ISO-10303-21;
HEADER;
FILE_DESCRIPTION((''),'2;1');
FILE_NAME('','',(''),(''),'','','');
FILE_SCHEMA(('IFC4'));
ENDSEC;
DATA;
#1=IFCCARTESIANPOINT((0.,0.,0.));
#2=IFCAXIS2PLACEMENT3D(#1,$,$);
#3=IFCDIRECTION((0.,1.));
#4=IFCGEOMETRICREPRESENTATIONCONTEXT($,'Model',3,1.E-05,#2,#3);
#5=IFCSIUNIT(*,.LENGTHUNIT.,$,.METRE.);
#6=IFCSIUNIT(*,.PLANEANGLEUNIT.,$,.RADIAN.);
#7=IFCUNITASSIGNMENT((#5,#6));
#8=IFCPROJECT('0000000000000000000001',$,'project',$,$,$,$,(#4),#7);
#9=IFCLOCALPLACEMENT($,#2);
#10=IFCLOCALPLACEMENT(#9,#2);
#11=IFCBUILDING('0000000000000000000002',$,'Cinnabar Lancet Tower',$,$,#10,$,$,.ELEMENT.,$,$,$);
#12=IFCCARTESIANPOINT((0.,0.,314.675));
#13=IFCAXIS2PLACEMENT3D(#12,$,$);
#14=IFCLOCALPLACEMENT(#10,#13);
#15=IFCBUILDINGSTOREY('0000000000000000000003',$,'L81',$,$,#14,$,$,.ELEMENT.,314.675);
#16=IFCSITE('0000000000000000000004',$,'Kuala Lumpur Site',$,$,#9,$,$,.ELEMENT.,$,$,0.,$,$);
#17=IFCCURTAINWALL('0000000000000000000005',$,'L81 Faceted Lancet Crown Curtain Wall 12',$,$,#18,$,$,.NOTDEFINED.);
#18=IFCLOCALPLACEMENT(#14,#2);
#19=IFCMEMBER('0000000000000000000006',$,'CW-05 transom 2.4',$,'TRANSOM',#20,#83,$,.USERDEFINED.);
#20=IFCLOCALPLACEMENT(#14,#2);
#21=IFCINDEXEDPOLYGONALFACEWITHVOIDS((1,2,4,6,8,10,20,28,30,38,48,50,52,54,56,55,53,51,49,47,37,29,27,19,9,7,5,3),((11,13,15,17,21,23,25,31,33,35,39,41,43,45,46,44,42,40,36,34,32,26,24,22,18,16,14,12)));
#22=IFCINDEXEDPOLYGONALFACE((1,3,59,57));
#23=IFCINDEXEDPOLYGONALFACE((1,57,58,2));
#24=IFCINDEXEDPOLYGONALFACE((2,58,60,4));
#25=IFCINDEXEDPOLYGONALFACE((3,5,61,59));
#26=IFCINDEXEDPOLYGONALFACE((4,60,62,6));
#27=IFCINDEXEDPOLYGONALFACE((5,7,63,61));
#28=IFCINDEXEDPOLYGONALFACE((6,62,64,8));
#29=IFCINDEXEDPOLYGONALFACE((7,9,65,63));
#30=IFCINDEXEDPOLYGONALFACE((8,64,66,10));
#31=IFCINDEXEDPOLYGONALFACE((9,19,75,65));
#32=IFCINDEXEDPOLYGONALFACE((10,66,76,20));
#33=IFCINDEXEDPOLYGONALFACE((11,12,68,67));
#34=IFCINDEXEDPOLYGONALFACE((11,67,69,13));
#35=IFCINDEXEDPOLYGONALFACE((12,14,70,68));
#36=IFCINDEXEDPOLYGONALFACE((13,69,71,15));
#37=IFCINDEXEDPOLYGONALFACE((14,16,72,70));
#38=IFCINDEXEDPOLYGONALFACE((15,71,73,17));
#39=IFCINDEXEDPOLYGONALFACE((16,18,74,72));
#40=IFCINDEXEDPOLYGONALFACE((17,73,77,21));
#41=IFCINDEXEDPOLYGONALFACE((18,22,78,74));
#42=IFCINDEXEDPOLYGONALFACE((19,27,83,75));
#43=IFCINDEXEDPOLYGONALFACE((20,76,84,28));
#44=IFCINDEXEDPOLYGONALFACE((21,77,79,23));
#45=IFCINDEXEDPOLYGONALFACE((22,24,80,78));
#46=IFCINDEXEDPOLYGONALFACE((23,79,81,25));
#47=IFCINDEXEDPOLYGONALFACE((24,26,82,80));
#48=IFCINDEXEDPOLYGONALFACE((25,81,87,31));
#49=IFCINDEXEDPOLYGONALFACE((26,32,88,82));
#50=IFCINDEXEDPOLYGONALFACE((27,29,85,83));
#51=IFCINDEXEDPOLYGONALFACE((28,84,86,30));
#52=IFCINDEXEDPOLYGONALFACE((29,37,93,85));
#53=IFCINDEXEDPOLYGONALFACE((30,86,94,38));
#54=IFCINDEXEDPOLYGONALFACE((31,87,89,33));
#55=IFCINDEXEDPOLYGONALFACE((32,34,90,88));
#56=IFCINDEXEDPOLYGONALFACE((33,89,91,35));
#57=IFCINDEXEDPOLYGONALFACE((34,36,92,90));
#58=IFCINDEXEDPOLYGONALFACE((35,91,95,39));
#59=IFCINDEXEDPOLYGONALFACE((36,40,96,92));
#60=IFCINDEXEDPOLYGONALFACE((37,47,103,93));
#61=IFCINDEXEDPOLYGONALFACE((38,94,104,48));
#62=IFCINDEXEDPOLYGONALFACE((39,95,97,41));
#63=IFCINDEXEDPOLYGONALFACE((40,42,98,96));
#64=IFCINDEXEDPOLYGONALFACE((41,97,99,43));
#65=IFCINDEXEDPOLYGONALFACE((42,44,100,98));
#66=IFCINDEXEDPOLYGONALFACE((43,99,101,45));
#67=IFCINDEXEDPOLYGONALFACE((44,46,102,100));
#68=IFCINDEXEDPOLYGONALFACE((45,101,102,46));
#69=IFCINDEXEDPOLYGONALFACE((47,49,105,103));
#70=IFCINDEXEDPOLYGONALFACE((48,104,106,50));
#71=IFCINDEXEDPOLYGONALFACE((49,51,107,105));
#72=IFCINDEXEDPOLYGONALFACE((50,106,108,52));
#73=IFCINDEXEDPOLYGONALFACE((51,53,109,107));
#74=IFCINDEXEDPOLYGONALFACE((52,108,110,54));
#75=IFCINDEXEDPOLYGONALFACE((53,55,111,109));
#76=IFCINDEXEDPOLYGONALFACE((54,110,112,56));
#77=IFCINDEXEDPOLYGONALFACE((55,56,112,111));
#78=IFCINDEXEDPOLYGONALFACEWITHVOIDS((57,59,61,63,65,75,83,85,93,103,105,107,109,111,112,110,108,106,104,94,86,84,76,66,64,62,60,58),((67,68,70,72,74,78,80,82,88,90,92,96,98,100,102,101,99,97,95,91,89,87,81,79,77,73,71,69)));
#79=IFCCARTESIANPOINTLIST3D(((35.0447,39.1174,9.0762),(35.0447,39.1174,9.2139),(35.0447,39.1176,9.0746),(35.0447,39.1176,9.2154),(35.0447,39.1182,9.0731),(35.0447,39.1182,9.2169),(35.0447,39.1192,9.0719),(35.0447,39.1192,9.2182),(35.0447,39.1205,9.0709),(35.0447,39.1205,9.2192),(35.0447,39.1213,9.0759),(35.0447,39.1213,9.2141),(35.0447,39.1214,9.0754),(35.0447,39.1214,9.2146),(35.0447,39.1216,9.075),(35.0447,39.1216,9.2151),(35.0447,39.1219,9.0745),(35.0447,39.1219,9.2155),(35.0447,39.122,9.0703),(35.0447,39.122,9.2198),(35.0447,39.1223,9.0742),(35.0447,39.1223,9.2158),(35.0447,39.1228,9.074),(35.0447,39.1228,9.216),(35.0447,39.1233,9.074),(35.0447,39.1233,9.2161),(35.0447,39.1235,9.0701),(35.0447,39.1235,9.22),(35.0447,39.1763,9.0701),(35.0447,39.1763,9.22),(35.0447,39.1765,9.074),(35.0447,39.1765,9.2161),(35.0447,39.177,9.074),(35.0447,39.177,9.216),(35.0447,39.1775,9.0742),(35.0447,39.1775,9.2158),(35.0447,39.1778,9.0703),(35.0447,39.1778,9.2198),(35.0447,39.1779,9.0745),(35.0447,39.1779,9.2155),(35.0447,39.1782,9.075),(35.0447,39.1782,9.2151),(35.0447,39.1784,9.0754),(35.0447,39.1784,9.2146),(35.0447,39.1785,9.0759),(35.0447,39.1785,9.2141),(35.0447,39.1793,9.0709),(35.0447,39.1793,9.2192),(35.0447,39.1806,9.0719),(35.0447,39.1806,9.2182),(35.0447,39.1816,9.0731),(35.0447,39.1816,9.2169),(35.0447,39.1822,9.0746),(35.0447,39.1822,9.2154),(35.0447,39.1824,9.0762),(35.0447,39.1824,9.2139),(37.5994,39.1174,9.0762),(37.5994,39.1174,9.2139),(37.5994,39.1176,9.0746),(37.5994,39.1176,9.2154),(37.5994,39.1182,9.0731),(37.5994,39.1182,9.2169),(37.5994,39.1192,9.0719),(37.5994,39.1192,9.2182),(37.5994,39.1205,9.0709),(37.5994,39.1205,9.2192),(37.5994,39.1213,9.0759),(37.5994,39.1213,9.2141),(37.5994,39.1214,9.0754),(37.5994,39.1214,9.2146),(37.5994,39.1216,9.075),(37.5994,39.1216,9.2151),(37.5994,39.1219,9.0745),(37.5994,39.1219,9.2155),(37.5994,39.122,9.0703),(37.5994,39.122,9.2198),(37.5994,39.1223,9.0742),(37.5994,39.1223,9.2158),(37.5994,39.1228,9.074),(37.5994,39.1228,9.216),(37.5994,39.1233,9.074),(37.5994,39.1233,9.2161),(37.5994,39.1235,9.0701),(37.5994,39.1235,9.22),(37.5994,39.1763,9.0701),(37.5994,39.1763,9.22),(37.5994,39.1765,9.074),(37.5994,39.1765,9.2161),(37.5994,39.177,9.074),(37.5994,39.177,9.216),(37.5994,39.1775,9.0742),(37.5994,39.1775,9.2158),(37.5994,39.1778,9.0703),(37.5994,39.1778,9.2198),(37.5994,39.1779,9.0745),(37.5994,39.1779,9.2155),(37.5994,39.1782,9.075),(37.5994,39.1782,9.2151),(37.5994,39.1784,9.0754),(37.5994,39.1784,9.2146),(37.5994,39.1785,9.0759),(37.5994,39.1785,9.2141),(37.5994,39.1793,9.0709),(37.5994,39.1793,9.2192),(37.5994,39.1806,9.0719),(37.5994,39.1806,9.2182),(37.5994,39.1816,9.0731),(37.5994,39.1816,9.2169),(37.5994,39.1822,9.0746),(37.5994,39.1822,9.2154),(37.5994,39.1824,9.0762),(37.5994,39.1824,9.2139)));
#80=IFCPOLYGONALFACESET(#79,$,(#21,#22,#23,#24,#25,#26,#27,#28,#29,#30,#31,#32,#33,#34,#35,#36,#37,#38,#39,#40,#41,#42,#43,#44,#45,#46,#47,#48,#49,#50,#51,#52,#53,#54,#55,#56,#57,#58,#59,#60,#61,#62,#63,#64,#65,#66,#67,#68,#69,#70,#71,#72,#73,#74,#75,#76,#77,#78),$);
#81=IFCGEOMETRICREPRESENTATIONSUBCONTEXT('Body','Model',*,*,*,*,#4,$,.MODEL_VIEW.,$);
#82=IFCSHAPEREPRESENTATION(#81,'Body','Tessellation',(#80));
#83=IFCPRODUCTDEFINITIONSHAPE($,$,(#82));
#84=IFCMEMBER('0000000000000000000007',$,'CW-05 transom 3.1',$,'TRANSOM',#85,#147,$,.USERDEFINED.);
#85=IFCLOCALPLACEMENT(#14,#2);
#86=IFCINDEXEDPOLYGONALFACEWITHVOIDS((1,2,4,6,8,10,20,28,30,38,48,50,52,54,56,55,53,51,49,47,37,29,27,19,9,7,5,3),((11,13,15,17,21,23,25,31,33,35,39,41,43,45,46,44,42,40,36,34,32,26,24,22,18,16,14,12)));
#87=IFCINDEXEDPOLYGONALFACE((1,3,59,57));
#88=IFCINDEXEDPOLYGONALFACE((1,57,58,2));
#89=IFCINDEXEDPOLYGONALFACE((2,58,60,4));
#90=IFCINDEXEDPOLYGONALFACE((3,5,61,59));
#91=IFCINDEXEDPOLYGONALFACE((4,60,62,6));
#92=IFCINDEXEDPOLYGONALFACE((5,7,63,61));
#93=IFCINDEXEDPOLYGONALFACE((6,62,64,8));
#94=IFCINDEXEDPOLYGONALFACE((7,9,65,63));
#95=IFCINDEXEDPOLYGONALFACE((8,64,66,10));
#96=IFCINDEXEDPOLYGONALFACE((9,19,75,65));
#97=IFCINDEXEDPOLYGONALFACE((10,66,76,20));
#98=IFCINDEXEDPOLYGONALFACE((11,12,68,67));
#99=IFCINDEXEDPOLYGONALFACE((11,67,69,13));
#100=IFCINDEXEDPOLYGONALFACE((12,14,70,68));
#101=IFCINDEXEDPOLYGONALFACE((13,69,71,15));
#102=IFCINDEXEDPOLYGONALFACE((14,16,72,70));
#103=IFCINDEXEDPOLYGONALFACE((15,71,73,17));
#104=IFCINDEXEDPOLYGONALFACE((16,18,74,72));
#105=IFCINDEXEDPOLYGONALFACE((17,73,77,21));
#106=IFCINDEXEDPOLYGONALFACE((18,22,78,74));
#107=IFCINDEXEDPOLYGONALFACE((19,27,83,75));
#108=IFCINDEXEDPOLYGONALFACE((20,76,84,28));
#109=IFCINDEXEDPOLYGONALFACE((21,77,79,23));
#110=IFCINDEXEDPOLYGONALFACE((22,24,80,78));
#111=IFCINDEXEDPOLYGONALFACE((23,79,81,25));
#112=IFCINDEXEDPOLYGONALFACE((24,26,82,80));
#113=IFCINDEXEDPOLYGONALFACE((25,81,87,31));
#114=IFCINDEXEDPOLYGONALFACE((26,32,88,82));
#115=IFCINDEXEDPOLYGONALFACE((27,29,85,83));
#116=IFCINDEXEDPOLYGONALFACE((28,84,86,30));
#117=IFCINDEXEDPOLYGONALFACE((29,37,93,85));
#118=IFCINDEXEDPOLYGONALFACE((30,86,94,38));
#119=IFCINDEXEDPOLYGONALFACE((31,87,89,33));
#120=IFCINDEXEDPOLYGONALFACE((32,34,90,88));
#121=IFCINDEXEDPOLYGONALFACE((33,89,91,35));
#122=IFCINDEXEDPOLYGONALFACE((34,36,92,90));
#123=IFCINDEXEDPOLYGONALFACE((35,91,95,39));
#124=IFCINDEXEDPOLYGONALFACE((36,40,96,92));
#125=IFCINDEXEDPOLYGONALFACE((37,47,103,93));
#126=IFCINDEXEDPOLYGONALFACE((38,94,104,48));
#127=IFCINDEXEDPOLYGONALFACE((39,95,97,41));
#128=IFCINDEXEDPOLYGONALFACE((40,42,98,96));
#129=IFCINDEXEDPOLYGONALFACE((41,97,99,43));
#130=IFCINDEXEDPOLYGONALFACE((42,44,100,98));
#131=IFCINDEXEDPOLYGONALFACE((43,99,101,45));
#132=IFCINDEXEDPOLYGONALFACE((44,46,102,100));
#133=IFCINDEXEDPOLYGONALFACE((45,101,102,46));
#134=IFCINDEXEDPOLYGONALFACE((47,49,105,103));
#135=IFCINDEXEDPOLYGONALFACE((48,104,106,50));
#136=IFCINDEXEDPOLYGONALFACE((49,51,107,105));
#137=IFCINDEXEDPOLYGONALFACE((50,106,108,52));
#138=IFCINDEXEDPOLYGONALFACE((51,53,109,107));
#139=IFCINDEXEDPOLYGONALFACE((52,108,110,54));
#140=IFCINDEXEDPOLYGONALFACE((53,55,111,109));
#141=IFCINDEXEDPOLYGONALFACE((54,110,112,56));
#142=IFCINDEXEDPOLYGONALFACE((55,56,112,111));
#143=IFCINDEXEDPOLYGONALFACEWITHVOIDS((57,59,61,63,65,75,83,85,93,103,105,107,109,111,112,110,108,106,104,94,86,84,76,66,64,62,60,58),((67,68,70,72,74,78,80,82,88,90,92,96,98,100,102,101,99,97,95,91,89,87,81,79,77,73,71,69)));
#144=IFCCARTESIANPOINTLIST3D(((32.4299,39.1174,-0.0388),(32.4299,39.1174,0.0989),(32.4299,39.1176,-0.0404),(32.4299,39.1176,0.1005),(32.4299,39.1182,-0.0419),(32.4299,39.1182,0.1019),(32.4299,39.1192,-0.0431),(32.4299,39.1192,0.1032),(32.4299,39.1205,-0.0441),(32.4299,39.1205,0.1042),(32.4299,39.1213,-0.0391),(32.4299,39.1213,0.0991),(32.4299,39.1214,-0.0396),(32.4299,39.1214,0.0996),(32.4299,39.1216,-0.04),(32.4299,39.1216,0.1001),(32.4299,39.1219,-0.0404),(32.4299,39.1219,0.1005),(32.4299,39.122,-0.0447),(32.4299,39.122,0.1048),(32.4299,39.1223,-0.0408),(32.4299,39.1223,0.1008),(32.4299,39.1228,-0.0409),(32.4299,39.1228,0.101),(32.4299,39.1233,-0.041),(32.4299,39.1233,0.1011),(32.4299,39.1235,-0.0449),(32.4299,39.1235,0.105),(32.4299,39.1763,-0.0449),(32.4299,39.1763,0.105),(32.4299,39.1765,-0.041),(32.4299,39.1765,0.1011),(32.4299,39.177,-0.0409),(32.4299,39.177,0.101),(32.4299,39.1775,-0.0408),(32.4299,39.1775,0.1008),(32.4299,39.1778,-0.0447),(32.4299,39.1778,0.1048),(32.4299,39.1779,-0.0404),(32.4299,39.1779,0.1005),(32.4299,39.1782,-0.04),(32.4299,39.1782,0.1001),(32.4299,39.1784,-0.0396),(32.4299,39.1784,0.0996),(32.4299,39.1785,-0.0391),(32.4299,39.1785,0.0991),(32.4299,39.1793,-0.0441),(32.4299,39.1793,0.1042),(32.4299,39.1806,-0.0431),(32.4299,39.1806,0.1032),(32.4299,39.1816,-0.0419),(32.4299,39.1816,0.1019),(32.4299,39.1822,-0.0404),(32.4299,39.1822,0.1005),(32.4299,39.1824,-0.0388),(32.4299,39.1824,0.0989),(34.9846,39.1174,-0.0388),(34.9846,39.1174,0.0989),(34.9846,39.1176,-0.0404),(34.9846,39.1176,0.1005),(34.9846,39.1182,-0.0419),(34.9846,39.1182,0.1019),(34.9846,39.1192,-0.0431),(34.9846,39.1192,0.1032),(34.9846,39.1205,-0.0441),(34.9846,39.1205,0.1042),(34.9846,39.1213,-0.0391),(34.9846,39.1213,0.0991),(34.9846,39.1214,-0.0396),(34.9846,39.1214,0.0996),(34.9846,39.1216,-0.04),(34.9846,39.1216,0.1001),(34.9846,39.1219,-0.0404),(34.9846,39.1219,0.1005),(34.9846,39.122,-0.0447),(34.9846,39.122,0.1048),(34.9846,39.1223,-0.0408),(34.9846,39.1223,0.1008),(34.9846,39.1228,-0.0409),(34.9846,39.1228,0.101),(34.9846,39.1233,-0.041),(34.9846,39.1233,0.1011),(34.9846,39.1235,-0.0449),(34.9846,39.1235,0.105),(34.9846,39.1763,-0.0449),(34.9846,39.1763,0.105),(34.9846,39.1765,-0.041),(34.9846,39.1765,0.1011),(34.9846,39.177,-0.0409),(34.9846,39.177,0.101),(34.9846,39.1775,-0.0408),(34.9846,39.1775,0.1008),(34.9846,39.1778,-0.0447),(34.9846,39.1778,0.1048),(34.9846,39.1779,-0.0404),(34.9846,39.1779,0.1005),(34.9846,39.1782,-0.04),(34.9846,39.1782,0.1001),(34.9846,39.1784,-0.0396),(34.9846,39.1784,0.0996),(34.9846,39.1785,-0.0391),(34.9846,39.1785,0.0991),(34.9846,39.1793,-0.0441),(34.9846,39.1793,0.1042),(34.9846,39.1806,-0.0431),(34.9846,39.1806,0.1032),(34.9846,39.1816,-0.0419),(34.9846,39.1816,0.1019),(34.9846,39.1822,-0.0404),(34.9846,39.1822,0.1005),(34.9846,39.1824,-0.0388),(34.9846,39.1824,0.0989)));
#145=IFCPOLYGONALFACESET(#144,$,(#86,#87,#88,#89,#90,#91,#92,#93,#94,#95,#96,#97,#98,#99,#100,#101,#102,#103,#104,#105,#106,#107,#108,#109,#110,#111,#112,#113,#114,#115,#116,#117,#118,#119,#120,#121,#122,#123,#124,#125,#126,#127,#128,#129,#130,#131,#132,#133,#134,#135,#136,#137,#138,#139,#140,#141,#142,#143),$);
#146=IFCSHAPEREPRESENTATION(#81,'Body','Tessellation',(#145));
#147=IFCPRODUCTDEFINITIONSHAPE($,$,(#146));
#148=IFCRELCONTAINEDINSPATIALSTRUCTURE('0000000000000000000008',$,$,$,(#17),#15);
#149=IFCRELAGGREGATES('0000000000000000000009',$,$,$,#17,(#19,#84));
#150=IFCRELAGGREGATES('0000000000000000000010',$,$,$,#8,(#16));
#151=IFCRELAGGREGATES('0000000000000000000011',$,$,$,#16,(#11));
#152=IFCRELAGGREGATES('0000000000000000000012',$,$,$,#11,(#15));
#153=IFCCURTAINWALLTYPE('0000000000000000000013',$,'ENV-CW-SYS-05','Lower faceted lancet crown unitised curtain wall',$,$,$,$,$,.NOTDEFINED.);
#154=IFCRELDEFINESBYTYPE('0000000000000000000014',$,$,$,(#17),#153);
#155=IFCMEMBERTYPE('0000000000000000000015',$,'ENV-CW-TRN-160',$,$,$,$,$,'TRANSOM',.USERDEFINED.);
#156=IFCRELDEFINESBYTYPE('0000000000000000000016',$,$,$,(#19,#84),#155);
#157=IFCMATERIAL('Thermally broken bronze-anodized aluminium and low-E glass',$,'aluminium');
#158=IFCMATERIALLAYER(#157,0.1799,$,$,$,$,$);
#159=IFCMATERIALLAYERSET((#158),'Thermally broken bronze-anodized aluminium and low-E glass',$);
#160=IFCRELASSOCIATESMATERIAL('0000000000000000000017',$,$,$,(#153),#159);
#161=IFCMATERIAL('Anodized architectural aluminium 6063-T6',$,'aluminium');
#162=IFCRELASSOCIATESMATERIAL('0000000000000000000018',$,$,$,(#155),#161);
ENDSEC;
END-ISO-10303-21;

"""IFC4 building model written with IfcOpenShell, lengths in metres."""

from ifc_helpers import new_model, si_unit, direction, frame, origin, origin_2d, place, context, subcontext, project, spatial, hollow_rectangle, extrude, material, layer, layer_set, material_profile, profile_set, type_object, element, aggregate, save


model = new_model("IFC4")

# Units and contexts
model_context = context("Model", 3, precision=1e-05, world=origin(), true_north=direction((0.0, 1.0)))
body_context = subcontext(model_context, "Body", "Model", "MODEL_VIEW")
ifc_project = project(units=[si_unit("LENGTHUNIT", "METRE"), si_unit("PLANEANGLEUNIT", "RADIAN")], contexts=[model_context])

# Site, building, storey
site_placement = place(None, origin())
site = spatial("IfcSite", under=ifc_project, at=site_placement, Name="Kuala Lumpur Site", CompositionType="ELEMENT", RefElevation=0.0)
building_placement = place(site_placement, origin())
building = spatial("IfcBuilding", under=site, at=building_placement, Name="Cinnabar Lancet Tower", CompositionType="ELEMENT")
storey_placement = place(building_placement, frame((0.0, 0.0, 314.675)))
storey = spatial("IfcBuildingStorey", under=building, at=storey_placement, Name="L81", CompositionType="ELEMENT", Elevation=314.675)

# Shared definitions
ifc_material_1 = material(Name="Thermally broken bronze-anodized aluminium and low-E glass", Category="aluminium")
ifc_layer_1 = layer(ifc_material_1, 0.1799)
ifc_layer_set_1 = layer_set([ifc_layer_1], Name="Thermally broken bronze-anodized aluminium and low-E glass")
curtain_wall_type = type_object("IfcCurtainWallType", Name="ENV-CW-SYS-05", Description="Lower faceted lancet crown unitised curtain wall", PredefinedType="NOTDEFINED", material=ifc_layer_set_1)

# Curtain wall, members
curtain_wall_1_placement = place(storey_placement, origin())
curtain_wall_1 = element("IfcCurtainWall", 1, at=curtain_wall_1_placement, inside=storey, type_object=curtain_wall_type, Name="L81 Faceted Lancet Crown Curtain Wall 12", PredefinedType="NOTDEFINED")
ifc_material_2 = material(Name="Anodized architectural aluminium 6063-T6", Category="aluminium")
ifc_material_profile_1 = material_profile(ifc_material_2, hollow_rectangle(XDim=0.0649, YDim=0.1499, WallThickness=0.0039, InnerFilletRadius=0.002, OuterFilletRadius=0.0061, at=origin_2d()), Name="CW-TRN 150x65x4")
ifc_profile_set_1 = profile_set([ifc_material_profile_1], Name="Anodized architectural aluminium 6063-T6")
member_type_1 = type_object("IfcMemberType", Name="ENV-CW-TRN-160", ElementType="TRANSOM", PredefinedType="USERDEFINED", material=ifc_profile_set_1)
member_1_placement = place(storey_placement, frame((37.5994, 39.1499, 9.145), z_axis=(-1.0, 0.0, 0.0), x_axis=(0.0, -1.0, 0.0)))
member_1 = element("IfcMember", 2, at=member_1_placement, type_object=member_type_1, Name="CW-05 transom 2.4", ObjectType="TRANSOM", PredefinedType="USERDEFINED", context=body_context, shape_type="SweptSolid", body=[
    extrude(hollow_rectangle(XDim=0.0649, YDim=0.1499, WallThickness=0.0039, InnerFilletRadius=0.002, OuterFilletRadius=0.0061, at=origin_2d()), origin(), (0.0, 0.0, 1.0), 2.5547),
])
member_2_placement = place(storey_placement, frame((34.9846, 39.1499, 0.03), z_axis=(-1.0, 0.0, 0.0), x_axis=(0.0, -1.0, 0.0)))
member_2 = element("IfcMember", 3, at=member_2_placement, type_object=member_type_1, Name="CW-05 transom 3.1", ObjectType="TRANSOM", PredefinedType="USERDEFINED", context=body_context, shape_type="SweptSolid", body=[
    extrude(hollow_rectangle(XDim=0.0649, YDim=0.1499, WallThickness=0.0039, InnerFilletRadius=0.002, OuterFilletRadius=0.0061, at=origin_2d()), origin(), (0.0, 0.0, 1.0), 2.5547),
])

aggregate(curtain_wall_1, [member_1, member_2])

save(model, "model.ifc")
